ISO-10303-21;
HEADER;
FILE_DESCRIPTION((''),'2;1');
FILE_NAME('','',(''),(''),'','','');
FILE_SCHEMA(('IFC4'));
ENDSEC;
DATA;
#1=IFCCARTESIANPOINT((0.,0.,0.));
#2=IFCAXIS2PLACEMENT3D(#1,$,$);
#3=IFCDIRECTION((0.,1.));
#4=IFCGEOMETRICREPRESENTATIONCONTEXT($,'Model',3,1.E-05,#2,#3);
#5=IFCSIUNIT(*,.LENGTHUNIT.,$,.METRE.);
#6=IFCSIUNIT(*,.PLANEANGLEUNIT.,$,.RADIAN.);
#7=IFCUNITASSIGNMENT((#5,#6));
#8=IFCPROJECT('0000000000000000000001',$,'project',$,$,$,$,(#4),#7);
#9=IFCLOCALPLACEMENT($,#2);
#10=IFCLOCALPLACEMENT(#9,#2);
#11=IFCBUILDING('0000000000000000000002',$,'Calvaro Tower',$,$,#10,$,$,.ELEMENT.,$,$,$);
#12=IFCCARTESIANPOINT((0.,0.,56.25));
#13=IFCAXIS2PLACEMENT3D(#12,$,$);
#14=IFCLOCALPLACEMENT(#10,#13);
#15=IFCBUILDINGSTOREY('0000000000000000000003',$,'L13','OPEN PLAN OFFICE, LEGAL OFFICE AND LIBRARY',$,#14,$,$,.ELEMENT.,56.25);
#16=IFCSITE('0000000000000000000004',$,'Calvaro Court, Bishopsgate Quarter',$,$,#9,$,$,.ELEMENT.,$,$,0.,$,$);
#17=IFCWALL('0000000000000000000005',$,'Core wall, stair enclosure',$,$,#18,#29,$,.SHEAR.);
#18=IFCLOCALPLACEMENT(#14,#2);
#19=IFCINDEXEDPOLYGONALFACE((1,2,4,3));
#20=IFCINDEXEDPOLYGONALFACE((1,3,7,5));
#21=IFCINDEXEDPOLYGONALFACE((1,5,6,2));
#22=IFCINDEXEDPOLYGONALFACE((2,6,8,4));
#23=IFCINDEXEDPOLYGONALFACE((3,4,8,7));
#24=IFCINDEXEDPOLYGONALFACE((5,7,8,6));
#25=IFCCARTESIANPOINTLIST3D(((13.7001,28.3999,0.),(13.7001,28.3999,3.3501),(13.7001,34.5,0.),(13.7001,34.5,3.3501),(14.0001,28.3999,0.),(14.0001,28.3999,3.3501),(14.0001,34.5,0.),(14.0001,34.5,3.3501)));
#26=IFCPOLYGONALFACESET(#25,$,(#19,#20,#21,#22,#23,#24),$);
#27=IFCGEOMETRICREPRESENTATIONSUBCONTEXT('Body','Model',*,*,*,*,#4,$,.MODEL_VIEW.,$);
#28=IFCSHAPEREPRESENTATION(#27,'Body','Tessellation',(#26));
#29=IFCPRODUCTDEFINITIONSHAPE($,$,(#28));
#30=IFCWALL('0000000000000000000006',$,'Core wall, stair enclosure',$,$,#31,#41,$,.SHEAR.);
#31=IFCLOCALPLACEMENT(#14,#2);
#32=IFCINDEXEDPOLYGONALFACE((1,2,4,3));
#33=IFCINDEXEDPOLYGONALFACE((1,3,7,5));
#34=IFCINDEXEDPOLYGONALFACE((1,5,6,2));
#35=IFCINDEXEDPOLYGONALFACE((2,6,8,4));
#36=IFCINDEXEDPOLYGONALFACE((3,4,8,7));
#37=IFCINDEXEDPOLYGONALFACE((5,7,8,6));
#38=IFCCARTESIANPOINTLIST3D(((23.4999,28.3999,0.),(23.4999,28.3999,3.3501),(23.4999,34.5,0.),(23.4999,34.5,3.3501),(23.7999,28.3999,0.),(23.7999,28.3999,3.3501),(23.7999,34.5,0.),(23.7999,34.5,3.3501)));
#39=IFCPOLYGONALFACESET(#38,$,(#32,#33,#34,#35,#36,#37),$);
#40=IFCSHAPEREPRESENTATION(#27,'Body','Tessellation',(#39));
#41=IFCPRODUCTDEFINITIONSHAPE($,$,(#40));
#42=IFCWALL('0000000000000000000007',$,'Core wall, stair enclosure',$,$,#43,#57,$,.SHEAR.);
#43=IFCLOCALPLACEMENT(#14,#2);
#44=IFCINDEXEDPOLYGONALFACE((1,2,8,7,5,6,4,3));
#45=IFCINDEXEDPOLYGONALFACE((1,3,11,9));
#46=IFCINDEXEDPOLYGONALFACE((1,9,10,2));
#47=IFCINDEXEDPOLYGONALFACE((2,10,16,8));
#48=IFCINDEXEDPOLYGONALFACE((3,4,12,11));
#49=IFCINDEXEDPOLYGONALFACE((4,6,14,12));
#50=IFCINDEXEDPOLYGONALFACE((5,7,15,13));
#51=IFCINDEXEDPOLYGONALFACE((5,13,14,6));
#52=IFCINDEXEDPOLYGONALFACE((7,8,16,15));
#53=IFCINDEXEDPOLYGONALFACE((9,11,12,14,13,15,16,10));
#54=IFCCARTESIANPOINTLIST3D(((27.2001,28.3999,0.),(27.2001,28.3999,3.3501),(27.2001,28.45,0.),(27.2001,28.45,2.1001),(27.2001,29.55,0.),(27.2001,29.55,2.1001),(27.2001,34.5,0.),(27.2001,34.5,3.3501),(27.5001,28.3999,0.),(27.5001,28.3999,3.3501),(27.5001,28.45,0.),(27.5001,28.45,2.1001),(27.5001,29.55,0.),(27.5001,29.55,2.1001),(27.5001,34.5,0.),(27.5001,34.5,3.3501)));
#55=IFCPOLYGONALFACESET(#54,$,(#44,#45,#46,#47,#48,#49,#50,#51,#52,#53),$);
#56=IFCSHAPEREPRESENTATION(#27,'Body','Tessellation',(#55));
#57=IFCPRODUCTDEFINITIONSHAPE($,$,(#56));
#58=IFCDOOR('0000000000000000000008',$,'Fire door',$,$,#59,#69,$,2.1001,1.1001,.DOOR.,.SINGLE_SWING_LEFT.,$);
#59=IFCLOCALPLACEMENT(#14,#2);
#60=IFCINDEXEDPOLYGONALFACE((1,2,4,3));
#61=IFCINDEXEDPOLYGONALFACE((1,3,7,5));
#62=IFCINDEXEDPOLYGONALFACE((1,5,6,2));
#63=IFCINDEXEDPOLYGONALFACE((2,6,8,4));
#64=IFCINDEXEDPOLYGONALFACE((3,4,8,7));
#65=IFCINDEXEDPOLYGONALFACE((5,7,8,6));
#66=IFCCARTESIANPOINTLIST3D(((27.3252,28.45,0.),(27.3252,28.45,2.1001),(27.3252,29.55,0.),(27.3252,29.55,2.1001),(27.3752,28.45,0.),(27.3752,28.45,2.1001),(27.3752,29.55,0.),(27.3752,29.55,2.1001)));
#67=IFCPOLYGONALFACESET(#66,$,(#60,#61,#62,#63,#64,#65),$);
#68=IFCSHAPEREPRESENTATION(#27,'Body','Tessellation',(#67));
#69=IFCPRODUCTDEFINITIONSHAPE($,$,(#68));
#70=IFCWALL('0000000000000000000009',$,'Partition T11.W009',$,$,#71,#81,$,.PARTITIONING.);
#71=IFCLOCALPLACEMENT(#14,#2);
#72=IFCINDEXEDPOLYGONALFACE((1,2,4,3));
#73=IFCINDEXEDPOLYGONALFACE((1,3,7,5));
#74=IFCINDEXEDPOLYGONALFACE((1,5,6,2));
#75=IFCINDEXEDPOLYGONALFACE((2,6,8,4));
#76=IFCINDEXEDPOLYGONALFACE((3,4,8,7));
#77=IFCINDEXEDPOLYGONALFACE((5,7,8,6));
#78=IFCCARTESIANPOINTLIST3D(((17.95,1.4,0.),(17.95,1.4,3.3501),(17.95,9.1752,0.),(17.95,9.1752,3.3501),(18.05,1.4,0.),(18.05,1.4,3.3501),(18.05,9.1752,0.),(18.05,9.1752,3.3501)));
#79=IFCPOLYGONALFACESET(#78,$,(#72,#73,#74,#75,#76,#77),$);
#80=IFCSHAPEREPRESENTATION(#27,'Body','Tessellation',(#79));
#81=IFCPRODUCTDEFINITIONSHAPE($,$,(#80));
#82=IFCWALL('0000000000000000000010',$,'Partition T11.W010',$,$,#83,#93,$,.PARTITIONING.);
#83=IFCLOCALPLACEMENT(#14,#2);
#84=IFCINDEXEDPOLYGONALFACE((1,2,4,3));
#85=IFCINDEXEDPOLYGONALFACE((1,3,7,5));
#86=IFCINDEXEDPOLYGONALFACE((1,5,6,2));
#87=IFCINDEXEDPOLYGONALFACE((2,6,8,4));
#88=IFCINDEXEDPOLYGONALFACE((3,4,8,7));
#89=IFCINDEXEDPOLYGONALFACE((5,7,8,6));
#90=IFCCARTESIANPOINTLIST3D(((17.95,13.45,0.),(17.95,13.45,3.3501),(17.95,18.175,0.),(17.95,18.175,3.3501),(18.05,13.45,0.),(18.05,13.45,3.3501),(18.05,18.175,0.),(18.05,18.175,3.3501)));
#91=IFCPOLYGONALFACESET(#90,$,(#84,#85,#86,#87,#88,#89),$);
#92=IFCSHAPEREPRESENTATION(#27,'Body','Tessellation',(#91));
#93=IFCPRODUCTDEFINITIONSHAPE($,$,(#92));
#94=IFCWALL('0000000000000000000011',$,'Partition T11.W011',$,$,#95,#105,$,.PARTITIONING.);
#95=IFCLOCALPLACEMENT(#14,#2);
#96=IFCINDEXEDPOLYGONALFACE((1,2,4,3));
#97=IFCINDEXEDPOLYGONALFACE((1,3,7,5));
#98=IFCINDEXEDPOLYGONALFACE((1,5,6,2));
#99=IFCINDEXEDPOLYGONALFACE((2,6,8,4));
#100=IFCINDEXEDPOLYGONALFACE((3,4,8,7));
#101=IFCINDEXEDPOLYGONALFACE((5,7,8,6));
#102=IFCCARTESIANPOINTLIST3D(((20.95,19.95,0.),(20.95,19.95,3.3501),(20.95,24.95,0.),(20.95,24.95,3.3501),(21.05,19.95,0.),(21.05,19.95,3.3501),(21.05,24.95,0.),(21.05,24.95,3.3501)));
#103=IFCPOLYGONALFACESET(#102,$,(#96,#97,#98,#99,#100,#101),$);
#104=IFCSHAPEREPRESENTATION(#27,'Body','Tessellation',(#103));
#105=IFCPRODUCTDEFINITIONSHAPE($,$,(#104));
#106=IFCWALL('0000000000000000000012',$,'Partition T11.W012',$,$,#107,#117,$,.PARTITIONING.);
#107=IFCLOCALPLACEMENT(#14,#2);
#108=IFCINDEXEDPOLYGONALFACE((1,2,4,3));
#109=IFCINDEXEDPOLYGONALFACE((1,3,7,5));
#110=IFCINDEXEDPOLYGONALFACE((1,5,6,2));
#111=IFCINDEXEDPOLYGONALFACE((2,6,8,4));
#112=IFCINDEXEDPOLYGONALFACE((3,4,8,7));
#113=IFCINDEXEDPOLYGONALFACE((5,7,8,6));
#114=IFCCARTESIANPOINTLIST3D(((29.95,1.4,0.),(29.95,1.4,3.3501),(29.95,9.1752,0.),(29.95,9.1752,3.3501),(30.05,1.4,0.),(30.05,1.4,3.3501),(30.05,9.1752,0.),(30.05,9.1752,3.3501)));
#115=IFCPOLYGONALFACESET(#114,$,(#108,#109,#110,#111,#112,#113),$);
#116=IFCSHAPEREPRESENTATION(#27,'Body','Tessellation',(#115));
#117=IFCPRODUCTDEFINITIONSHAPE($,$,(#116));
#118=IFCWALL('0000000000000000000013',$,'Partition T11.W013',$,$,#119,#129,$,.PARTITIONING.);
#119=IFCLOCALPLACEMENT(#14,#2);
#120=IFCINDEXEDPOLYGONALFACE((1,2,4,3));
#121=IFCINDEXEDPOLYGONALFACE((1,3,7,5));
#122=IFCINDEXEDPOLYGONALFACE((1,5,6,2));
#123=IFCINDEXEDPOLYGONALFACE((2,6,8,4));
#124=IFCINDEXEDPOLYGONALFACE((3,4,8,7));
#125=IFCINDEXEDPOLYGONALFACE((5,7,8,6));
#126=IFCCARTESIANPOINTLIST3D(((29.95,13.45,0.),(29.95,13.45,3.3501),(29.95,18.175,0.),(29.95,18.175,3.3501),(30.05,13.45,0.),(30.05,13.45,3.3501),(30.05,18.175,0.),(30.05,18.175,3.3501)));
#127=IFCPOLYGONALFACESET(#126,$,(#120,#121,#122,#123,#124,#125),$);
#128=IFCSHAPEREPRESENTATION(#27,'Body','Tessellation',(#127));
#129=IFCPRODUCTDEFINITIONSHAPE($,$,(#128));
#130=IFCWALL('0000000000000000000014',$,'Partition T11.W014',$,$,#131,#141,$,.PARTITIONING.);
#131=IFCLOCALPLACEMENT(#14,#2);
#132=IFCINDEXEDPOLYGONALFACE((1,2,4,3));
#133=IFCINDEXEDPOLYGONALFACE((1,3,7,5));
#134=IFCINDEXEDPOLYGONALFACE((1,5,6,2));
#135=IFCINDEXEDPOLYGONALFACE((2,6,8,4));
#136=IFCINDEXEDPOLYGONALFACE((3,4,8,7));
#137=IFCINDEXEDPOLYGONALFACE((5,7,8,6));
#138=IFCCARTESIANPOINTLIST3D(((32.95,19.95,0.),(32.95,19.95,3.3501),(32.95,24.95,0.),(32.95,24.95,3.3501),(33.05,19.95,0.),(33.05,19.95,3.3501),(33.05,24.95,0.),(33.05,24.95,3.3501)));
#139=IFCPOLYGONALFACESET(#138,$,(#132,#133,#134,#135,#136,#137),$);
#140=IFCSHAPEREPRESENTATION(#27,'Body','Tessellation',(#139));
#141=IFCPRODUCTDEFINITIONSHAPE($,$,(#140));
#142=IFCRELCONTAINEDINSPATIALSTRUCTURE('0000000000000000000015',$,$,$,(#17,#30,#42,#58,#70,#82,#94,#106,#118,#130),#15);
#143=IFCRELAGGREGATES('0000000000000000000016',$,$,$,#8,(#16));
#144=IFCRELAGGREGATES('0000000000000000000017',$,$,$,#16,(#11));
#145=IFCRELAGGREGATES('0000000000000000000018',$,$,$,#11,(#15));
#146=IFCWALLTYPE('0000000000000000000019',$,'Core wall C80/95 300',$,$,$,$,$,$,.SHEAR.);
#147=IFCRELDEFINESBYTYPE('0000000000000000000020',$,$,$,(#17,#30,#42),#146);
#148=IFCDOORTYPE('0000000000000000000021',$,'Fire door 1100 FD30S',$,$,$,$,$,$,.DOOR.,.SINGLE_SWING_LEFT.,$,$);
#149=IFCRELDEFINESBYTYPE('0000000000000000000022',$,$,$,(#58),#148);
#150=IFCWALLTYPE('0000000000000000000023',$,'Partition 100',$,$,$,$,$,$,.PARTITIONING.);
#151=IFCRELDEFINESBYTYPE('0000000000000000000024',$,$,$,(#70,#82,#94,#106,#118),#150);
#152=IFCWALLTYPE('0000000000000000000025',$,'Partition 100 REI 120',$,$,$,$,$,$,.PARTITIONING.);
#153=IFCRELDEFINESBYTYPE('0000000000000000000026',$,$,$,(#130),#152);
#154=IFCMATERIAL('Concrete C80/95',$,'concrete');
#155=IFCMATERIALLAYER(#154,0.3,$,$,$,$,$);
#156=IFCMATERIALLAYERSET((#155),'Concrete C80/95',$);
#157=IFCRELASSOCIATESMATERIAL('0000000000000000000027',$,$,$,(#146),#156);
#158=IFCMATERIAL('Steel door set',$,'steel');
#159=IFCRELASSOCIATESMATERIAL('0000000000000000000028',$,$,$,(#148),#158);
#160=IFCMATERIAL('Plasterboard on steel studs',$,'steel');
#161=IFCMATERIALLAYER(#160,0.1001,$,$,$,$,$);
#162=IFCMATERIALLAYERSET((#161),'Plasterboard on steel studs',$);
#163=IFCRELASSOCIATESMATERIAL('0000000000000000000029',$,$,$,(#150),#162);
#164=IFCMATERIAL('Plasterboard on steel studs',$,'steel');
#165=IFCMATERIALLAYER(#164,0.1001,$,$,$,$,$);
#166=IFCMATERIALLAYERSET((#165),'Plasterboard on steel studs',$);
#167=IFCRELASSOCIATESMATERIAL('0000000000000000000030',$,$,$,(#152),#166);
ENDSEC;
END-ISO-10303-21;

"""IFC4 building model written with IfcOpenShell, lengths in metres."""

from ifc_helpers import new_model, si_unit, direction, frame, frame_2d, origin, place, context, subcontext, project, spatial, rectangle, extrude, material, layer, layer_set, type_object, element, fill, save


model = new_model("IFC4")

# Units and contexts
model_context = context("Model", 3, precision=1e-05, world=origin(), true_north=direction((0.0, 1.0)))
body_context = subcontext(model_context, "Body", "Model", "MODEL_VIEW")
ifc_project = project(units=[si_unit("LENGTHUNIT", "METRE"), si_unit("PLANEANGLEUNIT", "RADIAN")], contexts=[model_context])

# Site, building, storey
site_placement = place(None, origin())
site = spatial("IfcSite", under=ifc_project, at=site_placement, Name="Calvaro Court, Bishopsgate Quarter", CompositionType="ELEMENT", RefElevation=0.0)
building_placement = place(site_placement, origin())
building = spatial("IfcBuilding", under=site, at=building_placement, Name="Calvaro Tower", CompositionType="ELEMENT")
storey_placement = place(building_placement, frame((0.0, 0.0, 56.25)))
storey = spatial("IfcBuildingStorey", under=building, at=storey_placement, Name="L13", Description="OPEN PLAN OFFICE, LEGAL OFFICE AND LIBRARY", CompositionType="ELEMENT", Elevation=56.25)

# Walls
ifc_material_1 = material(Name="Concrete C80/95", Category="concrete")
ifc_layer_1 = layer(ifc_material_1, 0.3)
ifc_layer_set_1 = layer_set([ifc_layer_1], Name="Concrete C80/95")
wall_type_1 = type_object("IfcWallType", Name="Core wall C80/95 300", PredefinedType="SHEAR", material=ifc_layer_set_1)
for number, where, z_axis, x_axis, name in (
    (1, (13.8501, 28.3999, 0.0), (0.0, 0.0, 1.0), (0.0, 1.0, 0.0), "Core wall, stair enclosure"),
    (2, (23.6499, 28.3999, 0.0), (0.0, 0.0, 1.0), (0.0, 1.0, 0.0), "Core wall, stair enclosure"),
):
    element("IfcWall", number, at=place(storey_placement, frame(where, z_axis=z_axis, x_axis=x_axis)), inside=storey, type_object=wall_type_1, Name=name, PredefinedType="SHEAR", context=body_context, shape_type="SweptSolid", body=[
        extrude(rectangle(XDim=6.1001, YDim=0.3, at=frame_2d((3.05, 0.0))), origin(), (0.0, 0.0, 1.0), 3.3501),
    ])

# Wall, opening, door
wall_1_placement = place(storey_placement, frame((27.3501, 28.3999, 0.0), z_axis=(0.0, 0.0, 1.0), x_axis=(0.0, 1.0, 0.0)))
wall_1 = element("IfcWall", 3, at=wall_1_placement, inside=storey, type_object=wall_type_1, Name="Core wall, stair enclosure", PredefinedType="SHEAR", context=body_context, shape_type="SweptSolid", body=[
    extrude(rectangle(XDim=6.1001, YDim=0.3, at=frame_2d((3.05, 0.0))), origin(), (0.0, 0.0, 1.0), 3.3501),
])
opening_1_placement = place(wall_1_placement, frame((0.05, 0.0, 0.0)))
opening_1 = element("IfcOpeningElement", 4, at=opening_1_placement, cuts=wall_1, PredefinedType="OPENING", context=body_context, shape_type="SweptSolid", body=[
    extrude(rectangle(XDim=1.1001, YDim=2.1001, at=frame_2d((0.55, 1.05))), frame((0.0, 0.1599, 0.0), z_axis=(0.0, -1.0, 0.0), x_axis=(1.0, 0.0, 0.0)), (0.0, 0.0, 1.0), 0.3201),
])
ifc_material_2 = material(Name="Steel door set", Category="steel")
door_type_1 = type_object("IfcDoorType", Name="Fire door 1100 FD30S", OperationType="SINGLE_SWING_LEFT", PredefinedType="DOOR", material=ifc_material_2)
door_1_placement = place(opening_1_placement, origin())
door_1 = element("IfcDoor", 5, at=door_1_placement, inside=storey, type_object=door_type_1, Name="Fire door", OperationType="SINGLE_SWING_LEFT", OverallHeight=2.1001, OverallWidth=1.1001, PredefinedType="DOOR", context=body_context, shape_type="SweptSolid", body=[
    extrude(rectangle(XDim=1.1001, YDim=2.1001, at=frame_2d((0.55, 1.05))), frame((0.0, 0.0249, 0.0), z_axis=(0.0, -1.0, 0.0), x_axis=(1.0, 0.0, 0.0)), (0.0, 0.0, 1.0), 0.05),
])
fill(opening_1, door_1)

# Walls
ifc_material_3 = material(Name="Plasterboard on steel studs", Category="steel")
ifc_layer_2 = layer(ifc_material_3, 0.1001)
ifc_layer_set_2 = layer_set([ifc_layer_2], Name="Plasterboard on steel studs")
wall_type_2 = type_object("IfcWallType", Name="Partition 100", PredefinedType="PARTITIONING", material=ifc_layer_set_2)
wall_2_placement = place(storey_placement, frame((18.0, 1.3999, 0.0), z_axis=(0.0, 0.0, 1.0), x_axis=(0.0, 1.0, 0.0)))
element("IfcWall", 6, at=wall_2_placement, inside=storey, type_object=wall_type_2, Name="Partition T11.W009", PredefinedType="PARTITIONING", context=body_context, shape_type="SweptSolid", body=[
    extrude(rectangle(XDim=7.7751, YDim=0.1001, at=frame_2d((3.8877, 0.0))), origin(), (0.0, 0.0, 1.0), 3.3501),
])
wall_3_placement = place(storey_placement, frame((18.0, 13.45, 0.0), z_axis=(0.0, 0.0, 1.0), x_axis=(0.0, 1.0, 0.0)))
element("IfcWall", 7, at=wall_3_placement, inside=storey, type_object=wall_type_2, Name="Partition T11.W010", PredefinedType="PARTITIONING", context=body_context, shape_type="SweptSolid", body=[
    extrude(rectangle(XDim=4.7251, YDim=0.1001, at=frame_2d((2.3625, 0.0))), origin(), (0.0, 0.0, 1.0), 3.3501),
])
wall_4_placement = place(storey_placement, frame((21.0, 19.95, 0.0), z_axis=(0.0, 0.0, 1.0), x_axis=(0.0, 1.0, 0.0)))
element("IfcWall", 8, at=wall_4_placement, inside=storey, type_object=wall_type_2, Name="Partition T11.W011", PredefinedType="PARTITIONING", context=body_context, shape_type="SweptSolid", body=[
    extrude(rectangle(XDim=5.0, YDim=0.1001, at=frame_2d((2.5, 0.0))), origin(), (0.0, 0.0, 1.0), 3.3501),
])
wall_5_placement = place(storey_placement, frame((30.0, 1.3999, 0.0), z_axis=(0.0, 0.0, 1.0), x_axis=(0.0, 1.0, 0.0)))
element("IfcWall", 9, at=wall_5_placement, inside=storey, type_object=wall_type_2, Name="Partition T11.W012", PredefinedType="PARTITIONING", context=body_context, shape_type="SweptSolid", body=[
    extrude(rectangle(XDim=7.7751, YDim=0.1001, at=frame_2d((3.8877, 0.0))), origin(), (0.0, 0.0, 1.0), 3.3501),
])
wall_6_placement = place(storey_placement, frame((30.0, 13.45, 0.0), z_axis=(0.0, 0.0, 1.0), x_axis=(0.0, 1.0, 0.0)))
element("IfcWall", 10, at=wall_6_placement, inside=storey, type_object=wall_type_2, Name="Partition T11.W013", PredefinedType="PARTITIONING", context=body_context, shape_type="SweptSolid", body=[
    extrude(rectangle(XDim=4.7251, YDim=0.1001, at=frame_2d((2.3625, 0.0))), origin(), (0.0, 0.0, 1.0), 3.3501),
])
ifc_material_4 = material(Name="Plasterboard on steel studs", Category="steel")
ifc_layer_3 = layer(ifc_material_4, 0.1001)
ifc_layer_set_3 = layer_set([ifc_layer_3], Name="Plasterboard on steel studs")
wall_type_3 = type_object("IfcWallType", Name="Partition 100 REI 120", PredefinedType="PARTITIONING", material=ifc_layer_set_3)
wall_7_placement = place(storey_placement, frame((33.0, 19.95, 0.0), z_axis=(0.0, 0.0, 1.0), x_axis=(0.0, 1.0, 0.0)))
element("IfcWall", 11, at=wall_7_placement, inside=storey, type_object=wall_type_3, Name="Partition T11.W014", PredefinedType="PARTITIONING", context=body_context, shape_type="SweptSolid", body=[
    extrude(rectangle(XDim=5.0, YDim=0.1001, at=frame_2d((2.5, 0.0))), origin(), (0.0, 0.0, 1.0), 3.3501),
])

save(model, "model.ifc")
